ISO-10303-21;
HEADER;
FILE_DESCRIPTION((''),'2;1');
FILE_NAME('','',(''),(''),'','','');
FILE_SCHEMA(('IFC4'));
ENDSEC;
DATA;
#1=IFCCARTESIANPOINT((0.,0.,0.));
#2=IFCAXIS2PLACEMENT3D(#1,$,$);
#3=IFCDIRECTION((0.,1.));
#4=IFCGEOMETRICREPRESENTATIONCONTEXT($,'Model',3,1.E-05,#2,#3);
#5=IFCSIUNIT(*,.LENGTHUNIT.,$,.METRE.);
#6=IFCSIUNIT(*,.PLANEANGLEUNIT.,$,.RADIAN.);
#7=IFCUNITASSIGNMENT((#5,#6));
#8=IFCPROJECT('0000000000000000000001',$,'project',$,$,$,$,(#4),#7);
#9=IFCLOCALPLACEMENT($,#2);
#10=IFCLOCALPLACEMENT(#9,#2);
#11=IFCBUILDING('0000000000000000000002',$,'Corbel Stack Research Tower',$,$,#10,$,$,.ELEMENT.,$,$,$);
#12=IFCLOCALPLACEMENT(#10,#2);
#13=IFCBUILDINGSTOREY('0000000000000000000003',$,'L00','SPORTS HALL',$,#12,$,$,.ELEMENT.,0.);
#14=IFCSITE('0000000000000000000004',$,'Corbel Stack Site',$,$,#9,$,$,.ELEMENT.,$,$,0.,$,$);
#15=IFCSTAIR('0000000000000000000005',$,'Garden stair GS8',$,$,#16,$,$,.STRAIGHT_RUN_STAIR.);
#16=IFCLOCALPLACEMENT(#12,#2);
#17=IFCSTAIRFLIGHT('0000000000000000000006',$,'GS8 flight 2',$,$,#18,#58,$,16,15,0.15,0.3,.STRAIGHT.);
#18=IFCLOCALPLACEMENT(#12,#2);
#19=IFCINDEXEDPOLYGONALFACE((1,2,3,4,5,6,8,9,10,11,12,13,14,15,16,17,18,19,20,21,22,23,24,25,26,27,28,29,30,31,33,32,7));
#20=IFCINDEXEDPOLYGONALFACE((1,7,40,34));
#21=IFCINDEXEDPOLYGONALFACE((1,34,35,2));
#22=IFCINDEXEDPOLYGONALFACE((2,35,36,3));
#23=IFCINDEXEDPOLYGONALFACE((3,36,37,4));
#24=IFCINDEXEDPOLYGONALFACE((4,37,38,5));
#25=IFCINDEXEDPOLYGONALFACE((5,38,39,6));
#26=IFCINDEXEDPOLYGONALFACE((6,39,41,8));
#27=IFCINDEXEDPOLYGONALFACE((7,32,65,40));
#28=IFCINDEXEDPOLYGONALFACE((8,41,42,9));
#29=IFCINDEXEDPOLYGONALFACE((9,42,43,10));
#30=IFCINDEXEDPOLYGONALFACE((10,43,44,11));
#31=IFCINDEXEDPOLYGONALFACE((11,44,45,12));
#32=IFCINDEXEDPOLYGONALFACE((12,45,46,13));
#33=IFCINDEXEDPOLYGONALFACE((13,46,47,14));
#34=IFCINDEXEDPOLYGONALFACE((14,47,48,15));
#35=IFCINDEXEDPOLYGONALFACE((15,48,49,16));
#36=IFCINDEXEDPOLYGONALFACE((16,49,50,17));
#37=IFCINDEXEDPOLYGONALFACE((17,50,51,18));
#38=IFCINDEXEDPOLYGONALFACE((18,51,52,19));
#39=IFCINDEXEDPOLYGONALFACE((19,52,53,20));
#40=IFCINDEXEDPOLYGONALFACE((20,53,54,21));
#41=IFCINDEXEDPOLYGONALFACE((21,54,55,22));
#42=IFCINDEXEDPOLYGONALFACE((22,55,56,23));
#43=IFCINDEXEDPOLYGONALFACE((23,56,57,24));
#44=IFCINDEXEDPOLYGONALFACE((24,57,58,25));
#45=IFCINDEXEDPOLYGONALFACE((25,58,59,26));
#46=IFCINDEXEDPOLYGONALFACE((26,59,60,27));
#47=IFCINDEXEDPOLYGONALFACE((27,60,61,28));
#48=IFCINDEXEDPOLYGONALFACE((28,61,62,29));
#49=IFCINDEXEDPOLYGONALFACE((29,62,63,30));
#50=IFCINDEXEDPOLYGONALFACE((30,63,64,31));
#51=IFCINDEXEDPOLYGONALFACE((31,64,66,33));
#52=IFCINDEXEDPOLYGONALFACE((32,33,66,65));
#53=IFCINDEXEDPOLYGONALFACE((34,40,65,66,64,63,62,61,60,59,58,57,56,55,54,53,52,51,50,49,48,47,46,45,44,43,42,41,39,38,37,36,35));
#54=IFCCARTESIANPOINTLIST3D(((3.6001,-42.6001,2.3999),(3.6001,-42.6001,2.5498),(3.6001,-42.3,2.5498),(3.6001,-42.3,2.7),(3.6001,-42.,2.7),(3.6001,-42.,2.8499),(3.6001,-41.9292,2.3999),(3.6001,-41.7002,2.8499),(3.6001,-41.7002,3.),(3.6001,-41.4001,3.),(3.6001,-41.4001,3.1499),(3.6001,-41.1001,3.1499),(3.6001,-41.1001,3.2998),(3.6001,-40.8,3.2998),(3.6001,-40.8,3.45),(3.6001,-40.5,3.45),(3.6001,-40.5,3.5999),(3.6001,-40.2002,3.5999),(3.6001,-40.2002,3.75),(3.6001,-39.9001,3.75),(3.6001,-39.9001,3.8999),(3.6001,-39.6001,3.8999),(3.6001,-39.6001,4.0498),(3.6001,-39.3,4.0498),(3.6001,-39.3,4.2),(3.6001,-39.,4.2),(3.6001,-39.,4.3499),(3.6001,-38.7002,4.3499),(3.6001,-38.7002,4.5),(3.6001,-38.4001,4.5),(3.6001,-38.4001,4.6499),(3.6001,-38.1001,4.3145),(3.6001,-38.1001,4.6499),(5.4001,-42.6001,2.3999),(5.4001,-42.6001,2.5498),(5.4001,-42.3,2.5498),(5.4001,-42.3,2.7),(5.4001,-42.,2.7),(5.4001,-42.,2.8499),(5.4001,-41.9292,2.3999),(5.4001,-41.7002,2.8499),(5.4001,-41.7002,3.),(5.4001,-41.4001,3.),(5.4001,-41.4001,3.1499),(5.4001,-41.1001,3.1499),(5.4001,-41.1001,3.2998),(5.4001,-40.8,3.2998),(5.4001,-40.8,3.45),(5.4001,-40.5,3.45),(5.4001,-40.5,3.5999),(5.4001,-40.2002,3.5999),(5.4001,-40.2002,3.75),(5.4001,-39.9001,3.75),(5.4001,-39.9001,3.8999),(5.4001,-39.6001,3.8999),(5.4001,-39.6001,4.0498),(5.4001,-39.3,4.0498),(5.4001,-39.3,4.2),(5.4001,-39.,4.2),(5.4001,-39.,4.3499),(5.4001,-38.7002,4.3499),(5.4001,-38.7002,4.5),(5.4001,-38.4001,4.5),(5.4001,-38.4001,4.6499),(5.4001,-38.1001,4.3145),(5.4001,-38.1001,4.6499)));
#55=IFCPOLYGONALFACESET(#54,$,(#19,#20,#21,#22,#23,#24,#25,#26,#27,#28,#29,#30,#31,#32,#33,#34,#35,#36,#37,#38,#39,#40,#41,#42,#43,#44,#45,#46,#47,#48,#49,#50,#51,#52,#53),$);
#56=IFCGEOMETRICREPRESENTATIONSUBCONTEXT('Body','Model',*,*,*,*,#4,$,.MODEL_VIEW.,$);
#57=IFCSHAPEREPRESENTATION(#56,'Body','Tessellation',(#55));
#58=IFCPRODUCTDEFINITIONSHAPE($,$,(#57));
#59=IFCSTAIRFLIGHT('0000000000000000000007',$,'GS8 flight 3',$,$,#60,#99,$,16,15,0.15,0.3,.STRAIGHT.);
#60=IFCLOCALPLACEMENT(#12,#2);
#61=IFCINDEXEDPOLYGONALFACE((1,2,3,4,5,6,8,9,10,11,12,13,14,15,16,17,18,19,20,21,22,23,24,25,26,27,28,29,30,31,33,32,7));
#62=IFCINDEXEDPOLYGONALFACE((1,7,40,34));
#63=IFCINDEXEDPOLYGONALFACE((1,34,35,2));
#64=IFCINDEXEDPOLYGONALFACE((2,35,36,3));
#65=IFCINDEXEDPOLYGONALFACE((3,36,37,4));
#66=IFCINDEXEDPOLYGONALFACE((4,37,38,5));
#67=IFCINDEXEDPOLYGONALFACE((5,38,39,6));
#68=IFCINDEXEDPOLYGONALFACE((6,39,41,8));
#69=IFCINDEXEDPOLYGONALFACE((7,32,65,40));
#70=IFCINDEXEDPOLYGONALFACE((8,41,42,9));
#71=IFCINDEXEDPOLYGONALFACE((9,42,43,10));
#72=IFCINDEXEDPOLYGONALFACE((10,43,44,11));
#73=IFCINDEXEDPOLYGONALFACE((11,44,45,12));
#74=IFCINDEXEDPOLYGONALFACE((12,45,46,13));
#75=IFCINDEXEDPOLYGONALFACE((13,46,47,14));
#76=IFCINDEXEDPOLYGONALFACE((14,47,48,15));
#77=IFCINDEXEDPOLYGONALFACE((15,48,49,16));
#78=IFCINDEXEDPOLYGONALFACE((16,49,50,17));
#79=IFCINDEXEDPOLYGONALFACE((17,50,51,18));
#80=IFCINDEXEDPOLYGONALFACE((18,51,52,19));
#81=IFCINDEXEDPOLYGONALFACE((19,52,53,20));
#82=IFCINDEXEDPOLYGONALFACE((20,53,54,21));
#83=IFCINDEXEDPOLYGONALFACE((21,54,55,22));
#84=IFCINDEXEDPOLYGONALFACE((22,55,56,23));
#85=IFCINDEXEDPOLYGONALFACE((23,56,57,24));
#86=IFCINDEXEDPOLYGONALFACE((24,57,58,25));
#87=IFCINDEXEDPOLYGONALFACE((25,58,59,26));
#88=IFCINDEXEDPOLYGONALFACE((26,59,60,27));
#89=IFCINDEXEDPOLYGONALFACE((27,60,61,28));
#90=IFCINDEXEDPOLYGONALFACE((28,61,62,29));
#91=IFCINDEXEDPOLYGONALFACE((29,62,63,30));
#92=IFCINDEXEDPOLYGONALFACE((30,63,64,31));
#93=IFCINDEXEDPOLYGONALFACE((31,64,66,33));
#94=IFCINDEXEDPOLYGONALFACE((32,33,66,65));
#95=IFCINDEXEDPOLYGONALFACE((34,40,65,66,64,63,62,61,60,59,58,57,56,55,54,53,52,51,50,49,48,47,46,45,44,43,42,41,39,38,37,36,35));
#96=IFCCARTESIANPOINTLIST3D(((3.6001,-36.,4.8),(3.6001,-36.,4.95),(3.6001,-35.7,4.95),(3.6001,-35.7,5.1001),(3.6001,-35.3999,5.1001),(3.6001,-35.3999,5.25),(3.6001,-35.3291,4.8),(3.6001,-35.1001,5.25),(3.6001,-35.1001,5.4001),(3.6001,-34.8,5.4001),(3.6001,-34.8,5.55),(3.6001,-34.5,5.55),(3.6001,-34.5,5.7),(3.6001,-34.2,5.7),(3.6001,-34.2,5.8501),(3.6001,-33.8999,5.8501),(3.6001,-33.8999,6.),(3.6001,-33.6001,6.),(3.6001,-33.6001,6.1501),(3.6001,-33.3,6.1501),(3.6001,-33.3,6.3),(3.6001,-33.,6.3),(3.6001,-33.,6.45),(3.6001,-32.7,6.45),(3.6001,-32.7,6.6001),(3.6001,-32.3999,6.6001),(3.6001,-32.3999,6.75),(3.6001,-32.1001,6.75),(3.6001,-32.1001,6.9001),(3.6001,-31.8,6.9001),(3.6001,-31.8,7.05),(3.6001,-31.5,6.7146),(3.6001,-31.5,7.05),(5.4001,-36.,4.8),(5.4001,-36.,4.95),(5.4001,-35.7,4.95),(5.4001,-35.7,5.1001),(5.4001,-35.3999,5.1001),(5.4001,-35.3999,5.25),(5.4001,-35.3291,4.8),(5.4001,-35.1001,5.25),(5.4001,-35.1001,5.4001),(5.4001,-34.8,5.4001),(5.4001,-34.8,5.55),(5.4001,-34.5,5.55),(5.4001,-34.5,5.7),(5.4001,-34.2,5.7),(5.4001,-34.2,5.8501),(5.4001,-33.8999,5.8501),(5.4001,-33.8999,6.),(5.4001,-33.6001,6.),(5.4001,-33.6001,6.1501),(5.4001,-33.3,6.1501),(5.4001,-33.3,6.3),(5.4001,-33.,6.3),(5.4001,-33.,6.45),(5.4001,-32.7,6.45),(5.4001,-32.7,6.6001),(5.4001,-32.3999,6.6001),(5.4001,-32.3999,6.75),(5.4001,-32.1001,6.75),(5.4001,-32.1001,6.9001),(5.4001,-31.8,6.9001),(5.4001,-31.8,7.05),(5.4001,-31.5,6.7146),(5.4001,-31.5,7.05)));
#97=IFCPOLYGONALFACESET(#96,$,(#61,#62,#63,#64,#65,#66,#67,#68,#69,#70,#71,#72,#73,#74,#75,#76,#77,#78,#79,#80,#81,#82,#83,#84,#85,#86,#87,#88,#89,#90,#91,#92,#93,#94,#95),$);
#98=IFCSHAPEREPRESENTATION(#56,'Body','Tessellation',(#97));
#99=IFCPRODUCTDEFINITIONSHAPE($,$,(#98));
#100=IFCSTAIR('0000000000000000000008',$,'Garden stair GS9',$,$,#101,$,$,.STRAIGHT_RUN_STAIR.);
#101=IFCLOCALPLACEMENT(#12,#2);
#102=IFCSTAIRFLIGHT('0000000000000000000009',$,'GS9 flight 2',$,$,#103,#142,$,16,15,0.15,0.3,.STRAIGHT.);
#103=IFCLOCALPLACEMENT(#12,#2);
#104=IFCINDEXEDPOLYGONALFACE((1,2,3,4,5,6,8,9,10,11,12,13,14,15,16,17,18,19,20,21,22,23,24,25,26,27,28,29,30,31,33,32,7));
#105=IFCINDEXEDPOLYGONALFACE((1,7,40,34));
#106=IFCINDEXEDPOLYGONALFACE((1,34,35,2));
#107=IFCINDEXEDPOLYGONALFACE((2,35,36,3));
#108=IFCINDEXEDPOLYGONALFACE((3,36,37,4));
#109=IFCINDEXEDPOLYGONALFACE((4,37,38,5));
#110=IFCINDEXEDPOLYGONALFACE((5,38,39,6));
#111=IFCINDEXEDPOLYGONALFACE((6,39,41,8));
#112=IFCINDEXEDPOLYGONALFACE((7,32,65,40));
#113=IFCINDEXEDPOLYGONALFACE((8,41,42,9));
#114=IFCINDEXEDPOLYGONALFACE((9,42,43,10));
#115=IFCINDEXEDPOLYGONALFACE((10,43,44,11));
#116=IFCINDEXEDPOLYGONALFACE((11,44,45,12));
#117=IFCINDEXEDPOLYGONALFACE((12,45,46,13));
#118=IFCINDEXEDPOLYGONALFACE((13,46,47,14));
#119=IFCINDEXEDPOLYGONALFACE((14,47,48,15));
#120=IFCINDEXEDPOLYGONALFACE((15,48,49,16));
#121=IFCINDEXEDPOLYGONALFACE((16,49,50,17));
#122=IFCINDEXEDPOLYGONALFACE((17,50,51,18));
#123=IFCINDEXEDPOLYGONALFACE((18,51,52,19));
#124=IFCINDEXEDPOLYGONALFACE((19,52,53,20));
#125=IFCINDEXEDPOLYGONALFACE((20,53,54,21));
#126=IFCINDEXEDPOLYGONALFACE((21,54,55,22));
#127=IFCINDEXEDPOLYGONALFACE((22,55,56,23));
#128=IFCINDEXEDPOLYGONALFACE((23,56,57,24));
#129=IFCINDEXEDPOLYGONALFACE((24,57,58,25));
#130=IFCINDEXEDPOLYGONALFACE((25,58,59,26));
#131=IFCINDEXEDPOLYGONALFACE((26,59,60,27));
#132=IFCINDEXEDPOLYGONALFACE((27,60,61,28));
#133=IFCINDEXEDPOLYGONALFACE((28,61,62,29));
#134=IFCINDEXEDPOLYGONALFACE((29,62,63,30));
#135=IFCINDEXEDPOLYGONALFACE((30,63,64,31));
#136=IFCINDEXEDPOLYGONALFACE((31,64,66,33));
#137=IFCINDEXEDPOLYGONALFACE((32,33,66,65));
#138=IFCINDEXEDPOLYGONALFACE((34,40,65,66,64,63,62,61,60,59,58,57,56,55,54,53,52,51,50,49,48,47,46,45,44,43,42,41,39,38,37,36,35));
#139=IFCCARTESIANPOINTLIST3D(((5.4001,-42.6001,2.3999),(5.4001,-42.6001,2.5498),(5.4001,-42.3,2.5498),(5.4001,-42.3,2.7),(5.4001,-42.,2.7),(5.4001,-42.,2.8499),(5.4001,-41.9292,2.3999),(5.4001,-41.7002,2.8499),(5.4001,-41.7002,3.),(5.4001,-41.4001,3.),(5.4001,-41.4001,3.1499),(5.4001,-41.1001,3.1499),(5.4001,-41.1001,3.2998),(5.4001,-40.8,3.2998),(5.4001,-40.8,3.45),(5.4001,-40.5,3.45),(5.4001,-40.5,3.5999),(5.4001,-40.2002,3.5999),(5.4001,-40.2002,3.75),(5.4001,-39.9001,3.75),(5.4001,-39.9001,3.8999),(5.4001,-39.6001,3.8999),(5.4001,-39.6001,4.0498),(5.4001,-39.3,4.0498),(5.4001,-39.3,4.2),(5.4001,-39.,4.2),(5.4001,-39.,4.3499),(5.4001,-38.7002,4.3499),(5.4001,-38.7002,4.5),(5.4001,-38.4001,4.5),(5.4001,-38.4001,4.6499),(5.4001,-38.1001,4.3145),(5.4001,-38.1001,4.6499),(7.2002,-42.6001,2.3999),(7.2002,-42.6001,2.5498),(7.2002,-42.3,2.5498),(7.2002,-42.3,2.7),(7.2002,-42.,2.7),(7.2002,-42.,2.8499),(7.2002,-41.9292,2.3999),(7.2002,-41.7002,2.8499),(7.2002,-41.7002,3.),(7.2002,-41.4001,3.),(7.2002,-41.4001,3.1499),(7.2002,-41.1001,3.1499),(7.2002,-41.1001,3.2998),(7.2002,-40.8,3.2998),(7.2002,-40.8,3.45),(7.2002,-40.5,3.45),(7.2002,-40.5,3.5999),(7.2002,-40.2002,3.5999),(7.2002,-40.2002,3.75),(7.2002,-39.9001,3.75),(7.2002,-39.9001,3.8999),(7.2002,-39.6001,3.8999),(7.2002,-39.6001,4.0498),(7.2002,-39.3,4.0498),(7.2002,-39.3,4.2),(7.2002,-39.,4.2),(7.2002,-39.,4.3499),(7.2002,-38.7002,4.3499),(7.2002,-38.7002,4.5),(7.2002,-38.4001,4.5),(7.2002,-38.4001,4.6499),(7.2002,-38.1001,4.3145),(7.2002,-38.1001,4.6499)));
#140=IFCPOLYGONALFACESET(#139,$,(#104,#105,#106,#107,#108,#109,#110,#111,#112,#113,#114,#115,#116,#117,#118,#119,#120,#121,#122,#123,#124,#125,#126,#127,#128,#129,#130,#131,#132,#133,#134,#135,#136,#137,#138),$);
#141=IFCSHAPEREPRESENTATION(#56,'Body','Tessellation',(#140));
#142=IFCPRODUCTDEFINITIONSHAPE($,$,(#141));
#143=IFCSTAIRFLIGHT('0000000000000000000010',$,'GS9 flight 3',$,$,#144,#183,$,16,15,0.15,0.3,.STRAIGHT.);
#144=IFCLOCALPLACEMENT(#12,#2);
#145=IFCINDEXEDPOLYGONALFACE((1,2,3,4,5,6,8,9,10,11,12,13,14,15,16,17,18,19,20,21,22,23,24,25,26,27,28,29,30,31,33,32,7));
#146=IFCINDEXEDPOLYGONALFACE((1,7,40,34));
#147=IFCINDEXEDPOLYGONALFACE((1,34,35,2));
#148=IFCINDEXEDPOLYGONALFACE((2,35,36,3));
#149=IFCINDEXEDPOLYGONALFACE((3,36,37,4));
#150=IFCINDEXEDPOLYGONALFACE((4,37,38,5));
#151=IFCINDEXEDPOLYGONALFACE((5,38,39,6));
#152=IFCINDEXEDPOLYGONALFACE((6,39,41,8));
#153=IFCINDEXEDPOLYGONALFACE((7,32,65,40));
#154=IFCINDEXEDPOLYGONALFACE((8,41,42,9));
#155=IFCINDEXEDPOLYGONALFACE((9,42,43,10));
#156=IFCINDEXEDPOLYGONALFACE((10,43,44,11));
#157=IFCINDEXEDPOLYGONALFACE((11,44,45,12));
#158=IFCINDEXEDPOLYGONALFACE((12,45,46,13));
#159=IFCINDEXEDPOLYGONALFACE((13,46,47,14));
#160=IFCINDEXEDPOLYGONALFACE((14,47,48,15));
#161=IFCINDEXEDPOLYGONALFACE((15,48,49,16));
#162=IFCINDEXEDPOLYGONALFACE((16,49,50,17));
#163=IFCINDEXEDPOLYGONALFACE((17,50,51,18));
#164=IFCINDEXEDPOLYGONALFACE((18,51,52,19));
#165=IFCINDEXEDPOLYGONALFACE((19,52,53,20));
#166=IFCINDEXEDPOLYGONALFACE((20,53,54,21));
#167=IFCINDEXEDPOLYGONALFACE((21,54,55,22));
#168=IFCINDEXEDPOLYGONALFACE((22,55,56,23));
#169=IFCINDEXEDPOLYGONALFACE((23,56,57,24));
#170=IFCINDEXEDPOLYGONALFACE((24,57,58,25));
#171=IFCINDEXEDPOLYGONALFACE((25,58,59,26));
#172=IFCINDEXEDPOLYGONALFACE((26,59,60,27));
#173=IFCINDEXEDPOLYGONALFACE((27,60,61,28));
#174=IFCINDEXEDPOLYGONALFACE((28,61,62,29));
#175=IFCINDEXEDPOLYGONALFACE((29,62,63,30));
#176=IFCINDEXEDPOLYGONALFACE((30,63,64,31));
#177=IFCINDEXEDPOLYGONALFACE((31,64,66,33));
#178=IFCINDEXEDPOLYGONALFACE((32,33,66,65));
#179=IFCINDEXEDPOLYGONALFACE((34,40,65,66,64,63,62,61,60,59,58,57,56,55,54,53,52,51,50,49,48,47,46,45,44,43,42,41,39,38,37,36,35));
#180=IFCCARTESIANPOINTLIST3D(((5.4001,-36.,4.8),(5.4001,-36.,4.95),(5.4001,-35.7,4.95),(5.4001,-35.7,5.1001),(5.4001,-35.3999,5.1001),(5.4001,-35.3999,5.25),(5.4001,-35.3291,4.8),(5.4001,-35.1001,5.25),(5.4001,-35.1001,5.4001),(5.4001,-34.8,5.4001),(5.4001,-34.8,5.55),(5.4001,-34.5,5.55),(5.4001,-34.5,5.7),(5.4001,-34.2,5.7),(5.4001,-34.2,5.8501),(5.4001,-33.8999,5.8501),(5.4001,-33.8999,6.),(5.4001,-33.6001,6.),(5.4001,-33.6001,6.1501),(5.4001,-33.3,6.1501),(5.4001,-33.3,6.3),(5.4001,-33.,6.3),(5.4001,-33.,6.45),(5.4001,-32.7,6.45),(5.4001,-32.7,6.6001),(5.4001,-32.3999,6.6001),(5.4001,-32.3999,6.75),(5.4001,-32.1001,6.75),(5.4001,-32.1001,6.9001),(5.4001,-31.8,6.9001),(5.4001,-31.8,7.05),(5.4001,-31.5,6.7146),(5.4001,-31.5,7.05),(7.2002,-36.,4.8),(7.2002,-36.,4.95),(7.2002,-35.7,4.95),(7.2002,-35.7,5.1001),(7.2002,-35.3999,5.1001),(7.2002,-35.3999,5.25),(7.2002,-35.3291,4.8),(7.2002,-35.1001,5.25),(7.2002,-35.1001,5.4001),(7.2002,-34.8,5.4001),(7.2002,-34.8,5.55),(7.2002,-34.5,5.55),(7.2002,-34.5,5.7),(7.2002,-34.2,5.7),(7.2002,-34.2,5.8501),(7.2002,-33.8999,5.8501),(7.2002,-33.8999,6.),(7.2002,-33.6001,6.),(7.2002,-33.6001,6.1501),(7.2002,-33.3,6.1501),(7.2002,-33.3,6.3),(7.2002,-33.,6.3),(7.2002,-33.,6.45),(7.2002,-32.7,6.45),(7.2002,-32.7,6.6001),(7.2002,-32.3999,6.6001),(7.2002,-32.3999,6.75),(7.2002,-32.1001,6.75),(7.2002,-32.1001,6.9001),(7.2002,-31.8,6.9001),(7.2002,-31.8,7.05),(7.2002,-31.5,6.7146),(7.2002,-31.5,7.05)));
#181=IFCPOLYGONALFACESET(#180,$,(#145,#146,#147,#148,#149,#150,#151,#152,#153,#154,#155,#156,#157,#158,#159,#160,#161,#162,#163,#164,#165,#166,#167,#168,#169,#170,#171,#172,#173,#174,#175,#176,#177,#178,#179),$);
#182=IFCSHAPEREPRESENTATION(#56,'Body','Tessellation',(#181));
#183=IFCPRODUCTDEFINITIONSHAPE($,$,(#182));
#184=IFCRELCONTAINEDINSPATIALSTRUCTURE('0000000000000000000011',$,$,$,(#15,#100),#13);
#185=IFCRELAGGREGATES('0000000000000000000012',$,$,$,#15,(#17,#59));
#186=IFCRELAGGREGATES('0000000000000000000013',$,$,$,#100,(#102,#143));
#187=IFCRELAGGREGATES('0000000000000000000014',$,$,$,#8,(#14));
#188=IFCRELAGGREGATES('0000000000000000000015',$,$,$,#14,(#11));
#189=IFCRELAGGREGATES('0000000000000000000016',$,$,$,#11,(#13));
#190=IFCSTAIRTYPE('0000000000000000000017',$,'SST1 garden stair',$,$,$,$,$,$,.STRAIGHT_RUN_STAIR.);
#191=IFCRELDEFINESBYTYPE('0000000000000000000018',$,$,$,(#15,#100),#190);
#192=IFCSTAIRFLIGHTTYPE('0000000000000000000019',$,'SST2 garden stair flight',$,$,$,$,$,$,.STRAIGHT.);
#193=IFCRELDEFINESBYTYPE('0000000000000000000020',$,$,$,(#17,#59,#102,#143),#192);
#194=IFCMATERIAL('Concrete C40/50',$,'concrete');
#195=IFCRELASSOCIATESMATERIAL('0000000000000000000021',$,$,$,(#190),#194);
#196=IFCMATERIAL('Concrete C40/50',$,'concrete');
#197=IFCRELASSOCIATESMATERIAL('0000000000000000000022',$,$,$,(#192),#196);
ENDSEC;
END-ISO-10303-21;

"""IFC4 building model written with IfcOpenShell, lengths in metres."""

from ifc_helpers import new_model, si_unit, direction, frame, origin, place, context, subcontext, project, spatial, polyline, outline, extrude, material, type_object, element, aggregate, save


model = new_model("IFC4")

# Units and contexts
model_context = context("Model", 3, precision=1e-05, world=origin(), true_north=direction((0.0, 1.0)))
body_context = subcontext(model_context, "Body", "Model", "MODEL_VIEW")
ifc_project = project(units=[si_unit("LENGTHUNIT", "METRE"), si_unit("PLANEANGLEUNIT", "RADIAN")], contexts=[model_context])

# Site, building, storey
site_placement = place(None, origin())
site = spatial("IfcSite", under=ifc_project, at=site_placement, Name="Corbel Stack Site", CompositionType="ELEMENT", RefElevation=0.0)
building_placement = place(site_placement, origin())
building = spatial("IfcBuilding", under=site, at=building_placement, Name="Corbel Stack Research Tower", CompositionType="ELEMENT")
storey_placement = place(building_placement, origin())
storey = spatial("IfcBuildingStorey", under=building, at=storey_placement, Name="L00", Description="SPORTS HALL", CompositionType="ELEMENT", Elevation=0.0)

# Shared definitions
ifc_material_1 = material(Name="Concrete C40/50", Category="concrete")
stair_type = type_object("IfcStairType", Name="SST1 garden stair", PredefinedType="STRAIGHT_RUN_STAIR", material=ifc_material_1)
ifc_material_2 = material(Name="Concrete C40/50", Category="concrete")
stair_flight_type = type_object("IfcStairFlightType", Name="SST2 garden stair flight", PredefinedType="STRAIGHT", material=ifc_material_2)

# Stairs, stair flights
stair_1_placement = place(storey_placement, origin())
stair_1 = element("IfcStair", 1, at=stair_1_placement, inside=storey, type_object=stair_type, Name="Garden stair GS8", PredefinedType="STRAIGHT_RUN_STAIR")
stair_flight_1_placement = place(storey_placement, frame((4.5, -42.6001, 2.3999), z_axis=(0.0, 0.0, 1.0), x_axis=(0.0, 1.0, 0.0)))
stair_flight_1 = element("IfcStairFlight", 2, at=stair_flight_1_placement, type_object=stair_flight_type, Name="GS8 flight 2", NumberOfRisers=16, NumberOfTreads=15, PredefinedType="STRAIGHT", RiserHeight=0.15, TreadLength=0.3, context=body_context, shape_type="SweptSolid", body=[
    extrude(outline(polyline([(0.0, 0.0), (0.0, 0.1499), (0.3, 0.1499), (0.3, 0.3), (0.6001, 0.3), (0.6001, 0.45), (0.8999, 0.45), (0.8999, 0.6001), (1.2, 0.6001), (1.2, 0.75), (1.5, 0.75), (1.5, 0.8999), (1.8, 0.8999), (1.8, 1.05), (2.1001, 1.05), (2.1001, 1.2), (2.3999, 1.2), (2.3999, 1.3501), (2.7, 1.3501), (2.7, 1.5), (3.0, 1.5), (3.0, 1.6499), (3.3, 1.6499), (3.3, 1.8), (3.6001, 1.8), (3.6001, 1.95), (3.8999, 1.95), (3.8999, 2.1001), (4.2, 2.1001), (4.2, 2.25), (4.5, 2.25), (4.5, 2.3999), (4.5, 1.9146), (0.6709, 0.0), (0.0, 0.0)])), frame((0.0, 0.8999, 0.0), z_axis=(0.0, -1.0, 0.0), x_axis=(1.0, 0.0, 0.0)), (0.0, 0.0, 1.0), 1.8),
])
stair_flight_2_placement = place(storey_placement, frame((4.5, -36.0, 4.8), z_axis=(0.0, 0.0, 1.0), x_axis=(0.0, 1.0, 0.0)))
stair_flight_2 = element("IfcStairFlight", 3, at=stair_flight_2_placement, type_object=stair_flight_type, Name="GS8 flight 3", NumberOfRisers=16, NumberOfTreads=15, PredefinedType="STRAIGHT", RiserHeight=0.15, TreadLength=0.3, context=body_context, shape_type="SweptSolid", body=[
    extrude(outline(polyline([(0.0, 0.0), (0.0, 0.1499), (0.3, 0.1499), (0.3, 0.3), (0.6001, 0.3), (0.6001, 0.45), (0.8999, 0.45), (0.8999, 0.6001), (1.2, 0.6001), (1.2, 0.75), (1.5, 0.75), (1.5, 0.8999), (1.8, 0.8999), (1.8, 1.05), (2.1001, 1.05), (2.1001, 1.2), (2.3999, 1.2), (2.3999, 1.3501), (2.7, 1.3501), (2.7, 1.5), (3.0, 1.5), (3.0, 1.6499), (3.3, 1.6499), (3.3, 1.8), (3.6001, 1.8), (3.6001, 1.95), (3.8999, 1.95), (3.8999, 2.1001), (4.2, 2.1001), (4.2, 2.25), (4.5, 2.25), (4.5, 2.3999), (4.5, 1.9146), (0.6709, 0.0), (0.0, 0.0)])), frame((0.0, 0.8999, 0.0), z_axis=(0.0, -1.0, 0.0), x_axis=(1.0, 0.0, 0.0)), (0.0, 0.0, 1.0), 1.8),
])
aggregate(stair_1, [stair_flight_1, stair_flight_2])
stair_2_placement = place(storey_placement, origin())
stair_2 = element("IfcStair", 4, at=stair_2_placement, inside=storey, type_object=stair_type, Name="Garden stair GS9", PredefinedType="STRAIGHT_RUN_STAIR")
stair_flight_3_placement = place(storey_placement, frame((6.3, -42.6001, 2.3999), z_axis=(0.0, 0.0, 1.0), x_axis=(0.0, 1.0, 0.0)))
stair_flight_3 = element("IfcStairFlight", 5, at=stair_flight_3_placement, type_object=stair_flight_type, Name="GS9 flight 2", NumberOfRisers=16, NumberOfTreads=15, PredefinedType="STRAIGHT", RiserHeight=0.15, TreadLength=0.3, context=body_context, shape_type="SweptSolid", body=[
    extrude(outline(polyline([(0.0, 0.0), (0.0, 0.1499), (0.3, 0.1499), (0.3, 0.3), (0.6001, 0.3), (0.6001, 0.45), (0.8999, 0.45), (0.8999, 0.6001), (1.2, 0.6001), (1.2, 0.75), (1.5, 0.75), (1.5, 0.8999), (1.8, 0.8999), (1.8, 1.05), (2.1001, 1.05), (2.1001, 1.2), (2.3999, 1.2), (2.3999, 1.3501), (2.7, 1.3501), (2.7, 1.5), (3.0, 1.5), (3.0, 1.6499), (3.3, 1.6499), (3.3, 1.8), (3.6001, 1.8), (3.6001, 1.95), (3.8999, 1.95), (3.8999, 2.1001), (4.2, 2.1001), (4.2, 2.25), (4.5, 2.25), (4.5, 2.3999), (4.5, 1.9146), (0.6709, 0.0), (0.0, 0.0)])), frame((0.0, 0.8999, 0.0), z_axis=(0.0, -1.0, 0.0), x_axis=(1.0, 0.0, 0.0)), (0.0, 0.0, 1.0), 1.8),
])
stair_flight_4_placement = place(storey_placement, frame((6.3, -36.0, 4.8), z_axis=(0.0, 0.0, 1.0), x_axis=(0.0, 1.0, 0.0)))
stair_flight_4 = element("IfcStairFlight", 6, at=stair_flight_4_placement, type_object=stair_flight_type, Name="GS9 flight 3", NumberOfRisers=16, NumberOfTreads=15, PredefinedType="STRAIGHT", RiserHeight=0.15, TreadLength=0.3, context=body_context, shape_type="SweptSolid", body=[
    extrude(outline(polyline([(0.0, 0.0), (0.0, 0.1499), (0.3, 0.1499), (0.3, 0.3), (0.6001, 0.3), (0.6001, 0.45), (0.8999, 0.45), (0.8999, 0.6001), (1.2, 0.6001), (1.2, 0.75), (1.5, 0.75), (1.5, 0.8999), (1.8, 0.8999), (1.8, 1.05), (2.1001, 1.05), (2.1001, 1.2), (2.3999, 1.2), (2.3999, 1.3501), (2.7, 1.3501), (2.7, 1.5), (3.0, 1.5), (3.0, 1.6499), (3.3, 1.6499), (3.3, 1.8), (3.6001, 1.8), (3.6001, 1.95), (3.8999, 1.95), (3.8999, 2.1001), (4.2, 2.1001), (4.2, 2.25), (4.5, 2.25), (4.5, 2.3999), (4.5, 1.9146), (0.6709, 0.0), (0.0, 0.0)])), frame((0.0, 0.8999, 0.0), z_axis=(0.0, -1.0, 0.0), x_axis=(1.0, 0.0, 0.0)), (0.0, 0.0, 1.0), 1.8),
])
aggregate(stair_2, [stair_flight_3, stair_flight_4])

save(model, "model.ifc")
